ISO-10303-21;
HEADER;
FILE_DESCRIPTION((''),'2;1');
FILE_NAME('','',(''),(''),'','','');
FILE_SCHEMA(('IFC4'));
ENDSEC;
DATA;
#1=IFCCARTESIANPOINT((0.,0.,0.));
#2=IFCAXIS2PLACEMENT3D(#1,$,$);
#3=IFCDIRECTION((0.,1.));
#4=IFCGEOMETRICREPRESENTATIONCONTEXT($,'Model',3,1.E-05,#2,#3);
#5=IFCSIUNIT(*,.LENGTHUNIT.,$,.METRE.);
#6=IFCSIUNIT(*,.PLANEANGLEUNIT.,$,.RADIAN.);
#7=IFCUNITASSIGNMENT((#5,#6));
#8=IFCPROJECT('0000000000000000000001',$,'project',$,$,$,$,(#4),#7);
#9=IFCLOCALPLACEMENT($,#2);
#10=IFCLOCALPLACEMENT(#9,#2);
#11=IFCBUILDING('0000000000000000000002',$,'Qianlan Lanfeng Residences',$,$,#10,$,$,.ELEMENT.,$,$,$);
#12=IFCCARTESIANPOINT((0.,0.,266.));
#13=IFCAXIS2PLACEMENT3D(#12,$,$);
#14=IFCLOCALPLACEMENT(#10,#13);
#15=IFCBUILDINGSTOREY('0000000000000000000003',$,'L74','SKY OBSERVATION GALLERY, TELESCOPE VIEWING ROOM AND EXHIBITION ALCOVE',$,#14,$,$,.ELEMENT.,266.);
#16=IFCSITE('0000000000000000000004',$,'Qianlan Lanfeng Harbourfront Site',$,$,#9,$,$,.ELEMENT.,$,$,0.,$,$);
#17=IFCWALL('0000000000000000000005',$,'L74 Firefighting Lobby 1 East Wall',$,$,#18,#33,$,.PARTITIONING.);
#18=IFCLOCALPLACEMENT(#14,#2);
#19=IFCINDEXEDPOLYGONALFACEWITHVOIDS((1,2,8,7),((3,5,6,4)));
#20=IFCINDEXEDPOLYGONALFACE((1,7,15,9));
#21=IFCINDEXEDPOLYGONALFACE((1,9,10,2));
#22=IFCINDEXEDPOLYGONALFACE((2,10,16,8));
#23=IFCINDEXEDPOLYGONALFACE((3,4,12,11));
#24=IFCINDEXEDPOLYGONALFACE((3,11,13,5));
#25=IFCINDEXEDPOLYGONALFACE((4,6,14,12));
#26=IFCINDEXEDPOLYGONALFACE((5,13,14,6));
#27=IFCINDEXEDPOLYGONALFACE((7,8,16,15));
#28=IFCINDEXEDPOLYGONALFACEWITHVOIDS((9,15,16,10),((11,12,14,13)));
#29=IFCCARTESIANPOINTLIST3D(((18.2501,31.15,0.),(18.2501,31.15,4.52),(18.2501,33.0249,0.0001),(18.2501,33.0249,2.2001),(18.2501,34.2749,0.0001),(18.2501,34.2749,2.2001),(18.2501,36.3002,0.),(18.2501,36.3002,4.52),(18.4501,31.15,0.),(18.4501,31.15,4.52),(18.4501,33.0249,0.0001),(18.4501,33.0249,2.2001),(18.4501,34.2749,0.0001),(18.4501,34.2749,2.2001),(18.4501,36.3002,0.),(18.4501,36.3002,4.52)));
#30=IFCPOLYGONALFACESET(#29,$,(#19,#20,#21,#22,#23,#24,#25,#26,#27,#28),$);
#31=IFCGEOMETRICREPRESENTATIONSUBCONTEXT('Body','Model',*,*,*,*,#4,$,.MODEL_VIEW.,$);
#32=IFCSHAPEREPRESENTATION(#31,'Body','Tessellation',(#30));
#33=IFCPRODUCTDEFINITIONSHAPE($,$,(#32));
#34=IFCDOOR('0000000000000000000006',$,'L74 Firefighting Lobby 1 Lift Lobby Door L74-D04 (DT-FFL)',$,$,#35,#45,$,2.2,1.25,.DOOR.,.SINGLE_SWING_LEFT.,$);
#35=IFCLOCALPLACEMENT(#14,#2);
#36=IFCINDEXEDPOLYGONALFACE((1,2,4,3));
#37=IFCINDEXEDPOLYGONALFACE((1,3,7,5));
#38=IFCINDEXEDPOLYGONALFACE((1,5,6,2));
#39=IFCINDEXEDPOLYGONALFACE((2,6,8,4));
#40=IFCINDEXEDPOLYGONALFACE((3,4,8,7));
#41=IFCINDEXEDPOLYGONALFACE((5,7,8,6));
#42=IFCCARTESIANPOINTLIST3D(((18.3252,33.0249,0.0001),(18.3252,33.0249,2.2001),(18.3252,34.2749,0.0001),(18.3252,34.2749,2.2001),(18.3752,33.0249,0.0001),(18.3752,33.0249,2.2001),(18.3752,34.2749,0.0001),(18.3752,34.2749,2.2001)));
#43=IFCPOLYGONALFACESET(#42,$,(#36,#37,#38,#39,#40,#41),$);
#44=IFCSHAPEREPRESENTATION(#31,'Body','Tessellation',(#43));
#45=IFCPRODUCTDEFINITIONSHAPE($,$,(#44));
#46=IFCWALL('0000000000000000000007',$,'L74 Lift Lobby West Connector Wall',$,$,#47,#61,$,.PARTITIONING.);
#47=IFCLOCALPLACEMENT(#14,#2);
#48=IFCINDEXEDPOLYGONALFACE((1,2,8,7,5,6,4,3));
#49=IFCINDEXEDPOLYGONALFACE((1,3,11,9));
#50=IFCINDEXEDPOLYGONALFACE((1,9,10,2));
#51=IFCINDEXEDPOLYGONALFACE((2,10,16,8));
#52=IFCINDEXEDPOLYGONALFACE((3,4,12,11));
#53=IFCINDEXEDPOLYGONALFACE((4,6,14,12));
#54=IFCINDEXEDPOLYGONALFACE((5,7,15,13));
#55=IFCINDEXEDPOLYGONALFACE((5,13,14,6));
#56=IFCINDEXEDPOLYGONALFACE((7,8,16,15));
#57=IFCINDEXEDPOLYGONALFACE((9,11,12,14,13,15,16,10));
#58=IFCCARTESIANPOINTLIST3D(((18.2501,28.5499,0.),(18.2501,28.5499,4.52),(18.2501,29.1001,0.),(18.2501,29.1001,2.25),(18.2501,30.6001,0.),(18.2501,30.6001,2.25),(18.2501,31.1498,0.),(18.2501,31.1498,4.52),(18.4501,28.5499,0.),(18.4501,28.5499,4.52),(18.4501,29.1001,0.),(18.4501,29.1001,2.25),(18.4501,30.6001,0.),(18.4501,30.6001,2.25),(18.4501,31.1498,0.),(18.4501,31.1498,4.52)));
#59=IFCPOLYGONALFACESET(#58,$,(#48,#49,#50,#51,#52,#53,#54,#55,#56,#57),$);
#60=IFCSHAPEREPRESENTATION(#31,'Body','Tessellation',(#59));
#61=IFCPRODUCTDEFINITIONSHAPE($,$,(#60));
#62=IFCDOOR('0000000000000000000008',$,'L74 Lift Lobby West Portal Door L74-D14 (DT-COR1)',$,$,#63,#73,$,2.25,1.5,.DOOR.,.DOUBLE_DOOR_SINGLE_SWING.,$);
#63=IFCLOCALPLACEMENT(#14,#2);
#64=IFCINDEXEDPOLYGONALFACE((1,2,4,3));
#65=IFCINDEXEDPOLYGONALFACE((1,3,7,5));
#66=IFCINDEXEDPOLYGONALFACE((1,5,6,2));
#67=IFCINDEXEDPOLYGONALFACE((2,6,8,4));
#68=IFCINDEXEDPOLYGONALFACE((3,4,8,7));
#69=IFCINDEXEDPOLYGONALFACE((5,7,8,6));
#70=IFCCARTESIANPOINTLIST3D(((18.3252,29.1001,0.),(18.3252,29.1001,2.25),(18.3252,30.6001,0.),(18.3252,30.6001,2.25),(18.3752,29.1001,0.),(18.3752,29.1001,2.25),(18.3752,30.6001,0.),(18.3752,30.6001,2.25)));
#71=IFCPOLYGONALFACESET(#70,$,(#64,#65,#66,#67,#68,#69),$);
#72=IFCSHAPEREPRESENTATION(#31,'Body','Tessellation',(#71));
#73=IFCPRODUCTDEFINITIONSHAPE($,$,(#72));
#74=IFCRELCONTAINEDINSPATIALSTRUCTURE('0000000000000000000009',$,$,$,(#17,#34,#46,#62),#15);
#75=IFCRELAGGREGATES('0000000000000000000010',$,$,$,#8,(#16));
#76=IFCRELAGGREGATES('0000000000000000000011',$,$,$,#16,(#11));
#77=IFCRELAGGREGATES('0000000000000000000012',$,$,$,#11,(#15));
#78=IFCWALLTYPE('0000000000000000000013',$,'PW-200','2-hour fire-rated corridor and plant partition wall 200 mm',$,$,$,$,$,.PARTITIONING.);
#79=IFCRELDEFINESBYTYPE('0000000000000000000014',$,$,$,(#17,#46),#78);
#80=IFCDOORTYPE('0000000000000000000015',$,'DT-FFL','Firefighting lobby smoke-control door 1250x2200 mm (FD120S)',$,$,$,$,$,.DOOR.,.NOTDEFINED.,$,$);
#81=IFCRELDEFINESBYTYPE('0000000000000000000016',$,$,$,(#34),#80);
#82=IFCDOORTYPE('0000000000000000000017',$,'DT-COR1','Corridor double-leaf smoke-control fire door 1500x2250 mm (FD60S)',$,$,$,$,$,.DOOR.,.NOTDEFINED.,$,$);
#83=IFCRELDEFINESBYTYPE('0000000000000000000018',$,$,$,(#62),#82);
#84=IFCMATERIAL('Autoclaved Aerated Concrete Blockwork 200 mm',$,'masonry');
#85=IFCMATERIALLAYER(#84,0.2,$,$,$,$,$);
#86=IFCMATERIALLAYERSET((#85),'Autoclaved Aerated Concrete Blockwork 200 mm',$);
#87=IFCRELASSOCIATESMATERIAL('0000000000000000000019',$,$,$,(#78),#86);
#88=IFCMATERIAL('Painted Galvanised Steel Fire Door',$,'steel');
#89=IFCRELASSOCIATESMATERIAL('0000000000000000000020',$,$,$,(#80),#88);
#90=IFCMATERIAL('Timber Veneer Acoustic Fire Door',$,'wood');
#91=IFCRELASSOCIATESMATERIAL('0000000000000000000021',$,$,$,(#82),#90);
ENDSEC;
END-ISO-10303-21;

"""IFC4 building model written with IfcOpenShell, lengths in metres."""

from ifc_helpers import new_model, si_unit, direction, frame, frame_2d, origin, place, context, subcontext, project, spatial, rectangle, extrude, material, layer, layer_set, type_object, element, fill, save


model = new_model("IFC4")

# Units and contexts
model_context = context("Model", 3, precision=1e-05, world=origin(), true_north=direction((0.0, 1.0)))
body_context = subcontext(model_context, "Body", "Model", "MODEL_VIEW")
ifc_project = project(units=[si_unit("LENGTHUNIT", "METRE"), si_unit("PLANEANGLEUNIT", "RADIAN")], contexts=[model_context])

# Site, building, storey
site_placement = place(None, origin())
site = spatial("IfcSite", under=ifc_project, at=site_placement, Name="Qianlan Lanfeng Harbourfront Site", CompositionType="ELEMENT", RefElevation=0.0)
building_placement = place(site_placement, origin())
building = spatial("IfcBuilding", under=site, at=building_placement, Name="Qianlan Lanfeng Residences", CompositionType="ELEMENT")
storey_placement = place(building_placement, frame((0.0, 0.0, 266.0)))
storey = spatial("IfcBuildingStorey", under=building, at=storey_placement, Name="L74", Description="SKY OBSERVATION GALLERY, TELESCOPE VIEWING ROOM AND EXHIBITION ALCOVE", CompositionType="ELEMENT", Elevation=266.0)

# Shared definitions
ifc_material_1 = material(Name="Painted Galvanised Steel Fire Door", Category="steel")

# Walls, openings, doors
ifc_material_2 = material(Name="Autoclaved Aerated Concrete Blockwork 200 mm", Category="masonry")
ifc_layer_1 = layer(ifc_material_2, 0.2)
ifc_layer_set_1 = layer_set([ifc_layer_1], Name="Autoclaved Aerated Concrete Blockwork 200 mm")
wall_type_1 = type_object("IfcWallType", Name="PW-200", Description="2-hour fire-rated corridor and plant partition wall 200 mm", PredefinedType="PARTITIONING", material=ifc_layer_set_1)
door_type_1 = type_object("IfcDoorType", Name="DT-FFL", Description="Firefighting lobby smoke-control door 1250x2200 mm (FD120S)", OperationType="NOTDEFINED", PredefinedType="DOOR", material=ifc_material_1)
wall_1_placement = place(storey_placement, frame((18.3501, 31.1499, 0.0), z_axis=(0.0, 0.0, 1.0), x_axis=(0.0, 1.0, 0.0)))
wall_1 = element("IfcWall", 1, at=wall_1_placement, inside=storey, type_object=wall_type_1, Name="L74 Firefighting Lobby 1 East Wall", PredefinedType="PARTITIONING", context=body_context, shape_type="SweptSolid", body=[
    extrude(rectangle(XDim=5.1501, YDim=0.2, at=frame_2d((2.5752, 0.0))), origin(), (0.0, 0.0, 1.0), 4.52),
])
opening_1_placement = place(wall_1_placement, frame((1.875, 0.0, 0.0)))
opening_1 = element("IfcOpeningElement", 2, at=opening_1_placement, cuts=wall_1, PredefinedType="OPENING", context=body_context, shape_type="SweptSolid", body=[
    extrude(rectangle(XDim=1.25, YDim=2.2, at=frame_2d((0.625, 1.1001))), frame((0.0, 0.1099, 0.0), z_axis=(0.0, -1.0, 0.0), x_axis=(1.0, 0.0, 0.0)), (0.0, 0.0, 1.0), 0.22),
])
door_1_placement = place(opening_1_placement, origin())
door_1 = element("IfcDoor", 3, at=door_1_placement, inside=storey, type_object=door_type_1, Name="L74 Firefighting Lobby 1 Lift Lobby Door L74-D04 (DT-FFL)", OperationType="SINGLE_SWING_LEFT", OverallHeight=2.2, OverallWidth=1.25, PredefinedType="DOOR", context=body_context, shape_type="SweptSolid", body=[
    extrude(rectangle(XDim=1.25, YDim=2.2, at=frame_2d((0.625, 1.1001))), frame((0.0, 0.0249, 0.0), z_axis=(0.0, -1.0, 0.0), x_axis=(1.0, 0.0, 0.0)), (0.0, 0.0, 1.0), 0.05),
])
fill(opening_1, door_1)
wall_2_placement = place(storey_placement, frame((18.3501, 28.55, 0.0), z_axis=(0.0, 0.0, 1.0), x_axis=(0.0, 1.0, 0.0)))
wall_2 = element("IfcWall", 4, at=wall_2_placement, inside=storey, type_object=wall_type_1, Name="L74 Lift Lobby West Connector Wall", PredefinedType="PARTITIONING", context=body_context, shape_type="SweptSolid", body=[
    extrude(rectangle(XDim=2.5999, YDim=0.2, at=frame_2d((1.2998, 0.0))), origin(), (0.0, 0.0, 1.0), 4.52),
])
opening_2_placement = place(wall_2_placement, frame((0.55, 0.0, 0.0)))
opening_2 = element("IfcOpeningElement", 5, at=opening_2_placement, cuts=wall_2, PredefinedType="OPENING", context=body_context, shape_type="SweptSolid", body=[
    extrude(rectangle(XDim=1.5, YDim=2.25, at=frame_2d((0.75, 1.125))), frame((0.0, 0.1099, 0.0), z_axis=(0.0, -1.0, 0.0), x_axis=(1.0, 0.0, 0.0)), (0.0, 0.0, 1.0), 0.22),
])
ifc_material_3 = material(Name="Timber Veneer Acoustic Fire Door", Category="wood")
door_type_2 = type_object("IfcDoorType", Name="DT-COR1", Description="Corridor double-leaf smoke-control fire door 1500x2250 mm (FD60S)", OperationType="NOTDEFINED", PredefinedType="DOOR", material=ifc_material_3)
door_2_placement = place(opening_2_placement, origin())
door_2 = element("IfcDoor", 6, at=door_2_placement, inside=storey, type_object=door_type_2, Name="L74 Lift Lobby West Portal Door L74-D14 (DT-COR1)", OperationType="DOUBLE_DOOR_SINGLE_SWING", OverallHeight=2.25, OverallWidth=1.5, PredefinedType="DOOR", context=body_context, shape_type="SweptSolid", body=[
    extrude(rectangle(XDim=1.5, YDim=2.25, at=frame_2d((0.75, 1.125))), frame((0.0, 0.0249, 0.0), z_axis=(0.0, -1.0, 0.0), x_axis=(1.0, 0.0, 0.0)), (0.0, 0.0, 1.0), 0.05),
])
fill(opening_2, door_2)

save(model, "model.ifc")
